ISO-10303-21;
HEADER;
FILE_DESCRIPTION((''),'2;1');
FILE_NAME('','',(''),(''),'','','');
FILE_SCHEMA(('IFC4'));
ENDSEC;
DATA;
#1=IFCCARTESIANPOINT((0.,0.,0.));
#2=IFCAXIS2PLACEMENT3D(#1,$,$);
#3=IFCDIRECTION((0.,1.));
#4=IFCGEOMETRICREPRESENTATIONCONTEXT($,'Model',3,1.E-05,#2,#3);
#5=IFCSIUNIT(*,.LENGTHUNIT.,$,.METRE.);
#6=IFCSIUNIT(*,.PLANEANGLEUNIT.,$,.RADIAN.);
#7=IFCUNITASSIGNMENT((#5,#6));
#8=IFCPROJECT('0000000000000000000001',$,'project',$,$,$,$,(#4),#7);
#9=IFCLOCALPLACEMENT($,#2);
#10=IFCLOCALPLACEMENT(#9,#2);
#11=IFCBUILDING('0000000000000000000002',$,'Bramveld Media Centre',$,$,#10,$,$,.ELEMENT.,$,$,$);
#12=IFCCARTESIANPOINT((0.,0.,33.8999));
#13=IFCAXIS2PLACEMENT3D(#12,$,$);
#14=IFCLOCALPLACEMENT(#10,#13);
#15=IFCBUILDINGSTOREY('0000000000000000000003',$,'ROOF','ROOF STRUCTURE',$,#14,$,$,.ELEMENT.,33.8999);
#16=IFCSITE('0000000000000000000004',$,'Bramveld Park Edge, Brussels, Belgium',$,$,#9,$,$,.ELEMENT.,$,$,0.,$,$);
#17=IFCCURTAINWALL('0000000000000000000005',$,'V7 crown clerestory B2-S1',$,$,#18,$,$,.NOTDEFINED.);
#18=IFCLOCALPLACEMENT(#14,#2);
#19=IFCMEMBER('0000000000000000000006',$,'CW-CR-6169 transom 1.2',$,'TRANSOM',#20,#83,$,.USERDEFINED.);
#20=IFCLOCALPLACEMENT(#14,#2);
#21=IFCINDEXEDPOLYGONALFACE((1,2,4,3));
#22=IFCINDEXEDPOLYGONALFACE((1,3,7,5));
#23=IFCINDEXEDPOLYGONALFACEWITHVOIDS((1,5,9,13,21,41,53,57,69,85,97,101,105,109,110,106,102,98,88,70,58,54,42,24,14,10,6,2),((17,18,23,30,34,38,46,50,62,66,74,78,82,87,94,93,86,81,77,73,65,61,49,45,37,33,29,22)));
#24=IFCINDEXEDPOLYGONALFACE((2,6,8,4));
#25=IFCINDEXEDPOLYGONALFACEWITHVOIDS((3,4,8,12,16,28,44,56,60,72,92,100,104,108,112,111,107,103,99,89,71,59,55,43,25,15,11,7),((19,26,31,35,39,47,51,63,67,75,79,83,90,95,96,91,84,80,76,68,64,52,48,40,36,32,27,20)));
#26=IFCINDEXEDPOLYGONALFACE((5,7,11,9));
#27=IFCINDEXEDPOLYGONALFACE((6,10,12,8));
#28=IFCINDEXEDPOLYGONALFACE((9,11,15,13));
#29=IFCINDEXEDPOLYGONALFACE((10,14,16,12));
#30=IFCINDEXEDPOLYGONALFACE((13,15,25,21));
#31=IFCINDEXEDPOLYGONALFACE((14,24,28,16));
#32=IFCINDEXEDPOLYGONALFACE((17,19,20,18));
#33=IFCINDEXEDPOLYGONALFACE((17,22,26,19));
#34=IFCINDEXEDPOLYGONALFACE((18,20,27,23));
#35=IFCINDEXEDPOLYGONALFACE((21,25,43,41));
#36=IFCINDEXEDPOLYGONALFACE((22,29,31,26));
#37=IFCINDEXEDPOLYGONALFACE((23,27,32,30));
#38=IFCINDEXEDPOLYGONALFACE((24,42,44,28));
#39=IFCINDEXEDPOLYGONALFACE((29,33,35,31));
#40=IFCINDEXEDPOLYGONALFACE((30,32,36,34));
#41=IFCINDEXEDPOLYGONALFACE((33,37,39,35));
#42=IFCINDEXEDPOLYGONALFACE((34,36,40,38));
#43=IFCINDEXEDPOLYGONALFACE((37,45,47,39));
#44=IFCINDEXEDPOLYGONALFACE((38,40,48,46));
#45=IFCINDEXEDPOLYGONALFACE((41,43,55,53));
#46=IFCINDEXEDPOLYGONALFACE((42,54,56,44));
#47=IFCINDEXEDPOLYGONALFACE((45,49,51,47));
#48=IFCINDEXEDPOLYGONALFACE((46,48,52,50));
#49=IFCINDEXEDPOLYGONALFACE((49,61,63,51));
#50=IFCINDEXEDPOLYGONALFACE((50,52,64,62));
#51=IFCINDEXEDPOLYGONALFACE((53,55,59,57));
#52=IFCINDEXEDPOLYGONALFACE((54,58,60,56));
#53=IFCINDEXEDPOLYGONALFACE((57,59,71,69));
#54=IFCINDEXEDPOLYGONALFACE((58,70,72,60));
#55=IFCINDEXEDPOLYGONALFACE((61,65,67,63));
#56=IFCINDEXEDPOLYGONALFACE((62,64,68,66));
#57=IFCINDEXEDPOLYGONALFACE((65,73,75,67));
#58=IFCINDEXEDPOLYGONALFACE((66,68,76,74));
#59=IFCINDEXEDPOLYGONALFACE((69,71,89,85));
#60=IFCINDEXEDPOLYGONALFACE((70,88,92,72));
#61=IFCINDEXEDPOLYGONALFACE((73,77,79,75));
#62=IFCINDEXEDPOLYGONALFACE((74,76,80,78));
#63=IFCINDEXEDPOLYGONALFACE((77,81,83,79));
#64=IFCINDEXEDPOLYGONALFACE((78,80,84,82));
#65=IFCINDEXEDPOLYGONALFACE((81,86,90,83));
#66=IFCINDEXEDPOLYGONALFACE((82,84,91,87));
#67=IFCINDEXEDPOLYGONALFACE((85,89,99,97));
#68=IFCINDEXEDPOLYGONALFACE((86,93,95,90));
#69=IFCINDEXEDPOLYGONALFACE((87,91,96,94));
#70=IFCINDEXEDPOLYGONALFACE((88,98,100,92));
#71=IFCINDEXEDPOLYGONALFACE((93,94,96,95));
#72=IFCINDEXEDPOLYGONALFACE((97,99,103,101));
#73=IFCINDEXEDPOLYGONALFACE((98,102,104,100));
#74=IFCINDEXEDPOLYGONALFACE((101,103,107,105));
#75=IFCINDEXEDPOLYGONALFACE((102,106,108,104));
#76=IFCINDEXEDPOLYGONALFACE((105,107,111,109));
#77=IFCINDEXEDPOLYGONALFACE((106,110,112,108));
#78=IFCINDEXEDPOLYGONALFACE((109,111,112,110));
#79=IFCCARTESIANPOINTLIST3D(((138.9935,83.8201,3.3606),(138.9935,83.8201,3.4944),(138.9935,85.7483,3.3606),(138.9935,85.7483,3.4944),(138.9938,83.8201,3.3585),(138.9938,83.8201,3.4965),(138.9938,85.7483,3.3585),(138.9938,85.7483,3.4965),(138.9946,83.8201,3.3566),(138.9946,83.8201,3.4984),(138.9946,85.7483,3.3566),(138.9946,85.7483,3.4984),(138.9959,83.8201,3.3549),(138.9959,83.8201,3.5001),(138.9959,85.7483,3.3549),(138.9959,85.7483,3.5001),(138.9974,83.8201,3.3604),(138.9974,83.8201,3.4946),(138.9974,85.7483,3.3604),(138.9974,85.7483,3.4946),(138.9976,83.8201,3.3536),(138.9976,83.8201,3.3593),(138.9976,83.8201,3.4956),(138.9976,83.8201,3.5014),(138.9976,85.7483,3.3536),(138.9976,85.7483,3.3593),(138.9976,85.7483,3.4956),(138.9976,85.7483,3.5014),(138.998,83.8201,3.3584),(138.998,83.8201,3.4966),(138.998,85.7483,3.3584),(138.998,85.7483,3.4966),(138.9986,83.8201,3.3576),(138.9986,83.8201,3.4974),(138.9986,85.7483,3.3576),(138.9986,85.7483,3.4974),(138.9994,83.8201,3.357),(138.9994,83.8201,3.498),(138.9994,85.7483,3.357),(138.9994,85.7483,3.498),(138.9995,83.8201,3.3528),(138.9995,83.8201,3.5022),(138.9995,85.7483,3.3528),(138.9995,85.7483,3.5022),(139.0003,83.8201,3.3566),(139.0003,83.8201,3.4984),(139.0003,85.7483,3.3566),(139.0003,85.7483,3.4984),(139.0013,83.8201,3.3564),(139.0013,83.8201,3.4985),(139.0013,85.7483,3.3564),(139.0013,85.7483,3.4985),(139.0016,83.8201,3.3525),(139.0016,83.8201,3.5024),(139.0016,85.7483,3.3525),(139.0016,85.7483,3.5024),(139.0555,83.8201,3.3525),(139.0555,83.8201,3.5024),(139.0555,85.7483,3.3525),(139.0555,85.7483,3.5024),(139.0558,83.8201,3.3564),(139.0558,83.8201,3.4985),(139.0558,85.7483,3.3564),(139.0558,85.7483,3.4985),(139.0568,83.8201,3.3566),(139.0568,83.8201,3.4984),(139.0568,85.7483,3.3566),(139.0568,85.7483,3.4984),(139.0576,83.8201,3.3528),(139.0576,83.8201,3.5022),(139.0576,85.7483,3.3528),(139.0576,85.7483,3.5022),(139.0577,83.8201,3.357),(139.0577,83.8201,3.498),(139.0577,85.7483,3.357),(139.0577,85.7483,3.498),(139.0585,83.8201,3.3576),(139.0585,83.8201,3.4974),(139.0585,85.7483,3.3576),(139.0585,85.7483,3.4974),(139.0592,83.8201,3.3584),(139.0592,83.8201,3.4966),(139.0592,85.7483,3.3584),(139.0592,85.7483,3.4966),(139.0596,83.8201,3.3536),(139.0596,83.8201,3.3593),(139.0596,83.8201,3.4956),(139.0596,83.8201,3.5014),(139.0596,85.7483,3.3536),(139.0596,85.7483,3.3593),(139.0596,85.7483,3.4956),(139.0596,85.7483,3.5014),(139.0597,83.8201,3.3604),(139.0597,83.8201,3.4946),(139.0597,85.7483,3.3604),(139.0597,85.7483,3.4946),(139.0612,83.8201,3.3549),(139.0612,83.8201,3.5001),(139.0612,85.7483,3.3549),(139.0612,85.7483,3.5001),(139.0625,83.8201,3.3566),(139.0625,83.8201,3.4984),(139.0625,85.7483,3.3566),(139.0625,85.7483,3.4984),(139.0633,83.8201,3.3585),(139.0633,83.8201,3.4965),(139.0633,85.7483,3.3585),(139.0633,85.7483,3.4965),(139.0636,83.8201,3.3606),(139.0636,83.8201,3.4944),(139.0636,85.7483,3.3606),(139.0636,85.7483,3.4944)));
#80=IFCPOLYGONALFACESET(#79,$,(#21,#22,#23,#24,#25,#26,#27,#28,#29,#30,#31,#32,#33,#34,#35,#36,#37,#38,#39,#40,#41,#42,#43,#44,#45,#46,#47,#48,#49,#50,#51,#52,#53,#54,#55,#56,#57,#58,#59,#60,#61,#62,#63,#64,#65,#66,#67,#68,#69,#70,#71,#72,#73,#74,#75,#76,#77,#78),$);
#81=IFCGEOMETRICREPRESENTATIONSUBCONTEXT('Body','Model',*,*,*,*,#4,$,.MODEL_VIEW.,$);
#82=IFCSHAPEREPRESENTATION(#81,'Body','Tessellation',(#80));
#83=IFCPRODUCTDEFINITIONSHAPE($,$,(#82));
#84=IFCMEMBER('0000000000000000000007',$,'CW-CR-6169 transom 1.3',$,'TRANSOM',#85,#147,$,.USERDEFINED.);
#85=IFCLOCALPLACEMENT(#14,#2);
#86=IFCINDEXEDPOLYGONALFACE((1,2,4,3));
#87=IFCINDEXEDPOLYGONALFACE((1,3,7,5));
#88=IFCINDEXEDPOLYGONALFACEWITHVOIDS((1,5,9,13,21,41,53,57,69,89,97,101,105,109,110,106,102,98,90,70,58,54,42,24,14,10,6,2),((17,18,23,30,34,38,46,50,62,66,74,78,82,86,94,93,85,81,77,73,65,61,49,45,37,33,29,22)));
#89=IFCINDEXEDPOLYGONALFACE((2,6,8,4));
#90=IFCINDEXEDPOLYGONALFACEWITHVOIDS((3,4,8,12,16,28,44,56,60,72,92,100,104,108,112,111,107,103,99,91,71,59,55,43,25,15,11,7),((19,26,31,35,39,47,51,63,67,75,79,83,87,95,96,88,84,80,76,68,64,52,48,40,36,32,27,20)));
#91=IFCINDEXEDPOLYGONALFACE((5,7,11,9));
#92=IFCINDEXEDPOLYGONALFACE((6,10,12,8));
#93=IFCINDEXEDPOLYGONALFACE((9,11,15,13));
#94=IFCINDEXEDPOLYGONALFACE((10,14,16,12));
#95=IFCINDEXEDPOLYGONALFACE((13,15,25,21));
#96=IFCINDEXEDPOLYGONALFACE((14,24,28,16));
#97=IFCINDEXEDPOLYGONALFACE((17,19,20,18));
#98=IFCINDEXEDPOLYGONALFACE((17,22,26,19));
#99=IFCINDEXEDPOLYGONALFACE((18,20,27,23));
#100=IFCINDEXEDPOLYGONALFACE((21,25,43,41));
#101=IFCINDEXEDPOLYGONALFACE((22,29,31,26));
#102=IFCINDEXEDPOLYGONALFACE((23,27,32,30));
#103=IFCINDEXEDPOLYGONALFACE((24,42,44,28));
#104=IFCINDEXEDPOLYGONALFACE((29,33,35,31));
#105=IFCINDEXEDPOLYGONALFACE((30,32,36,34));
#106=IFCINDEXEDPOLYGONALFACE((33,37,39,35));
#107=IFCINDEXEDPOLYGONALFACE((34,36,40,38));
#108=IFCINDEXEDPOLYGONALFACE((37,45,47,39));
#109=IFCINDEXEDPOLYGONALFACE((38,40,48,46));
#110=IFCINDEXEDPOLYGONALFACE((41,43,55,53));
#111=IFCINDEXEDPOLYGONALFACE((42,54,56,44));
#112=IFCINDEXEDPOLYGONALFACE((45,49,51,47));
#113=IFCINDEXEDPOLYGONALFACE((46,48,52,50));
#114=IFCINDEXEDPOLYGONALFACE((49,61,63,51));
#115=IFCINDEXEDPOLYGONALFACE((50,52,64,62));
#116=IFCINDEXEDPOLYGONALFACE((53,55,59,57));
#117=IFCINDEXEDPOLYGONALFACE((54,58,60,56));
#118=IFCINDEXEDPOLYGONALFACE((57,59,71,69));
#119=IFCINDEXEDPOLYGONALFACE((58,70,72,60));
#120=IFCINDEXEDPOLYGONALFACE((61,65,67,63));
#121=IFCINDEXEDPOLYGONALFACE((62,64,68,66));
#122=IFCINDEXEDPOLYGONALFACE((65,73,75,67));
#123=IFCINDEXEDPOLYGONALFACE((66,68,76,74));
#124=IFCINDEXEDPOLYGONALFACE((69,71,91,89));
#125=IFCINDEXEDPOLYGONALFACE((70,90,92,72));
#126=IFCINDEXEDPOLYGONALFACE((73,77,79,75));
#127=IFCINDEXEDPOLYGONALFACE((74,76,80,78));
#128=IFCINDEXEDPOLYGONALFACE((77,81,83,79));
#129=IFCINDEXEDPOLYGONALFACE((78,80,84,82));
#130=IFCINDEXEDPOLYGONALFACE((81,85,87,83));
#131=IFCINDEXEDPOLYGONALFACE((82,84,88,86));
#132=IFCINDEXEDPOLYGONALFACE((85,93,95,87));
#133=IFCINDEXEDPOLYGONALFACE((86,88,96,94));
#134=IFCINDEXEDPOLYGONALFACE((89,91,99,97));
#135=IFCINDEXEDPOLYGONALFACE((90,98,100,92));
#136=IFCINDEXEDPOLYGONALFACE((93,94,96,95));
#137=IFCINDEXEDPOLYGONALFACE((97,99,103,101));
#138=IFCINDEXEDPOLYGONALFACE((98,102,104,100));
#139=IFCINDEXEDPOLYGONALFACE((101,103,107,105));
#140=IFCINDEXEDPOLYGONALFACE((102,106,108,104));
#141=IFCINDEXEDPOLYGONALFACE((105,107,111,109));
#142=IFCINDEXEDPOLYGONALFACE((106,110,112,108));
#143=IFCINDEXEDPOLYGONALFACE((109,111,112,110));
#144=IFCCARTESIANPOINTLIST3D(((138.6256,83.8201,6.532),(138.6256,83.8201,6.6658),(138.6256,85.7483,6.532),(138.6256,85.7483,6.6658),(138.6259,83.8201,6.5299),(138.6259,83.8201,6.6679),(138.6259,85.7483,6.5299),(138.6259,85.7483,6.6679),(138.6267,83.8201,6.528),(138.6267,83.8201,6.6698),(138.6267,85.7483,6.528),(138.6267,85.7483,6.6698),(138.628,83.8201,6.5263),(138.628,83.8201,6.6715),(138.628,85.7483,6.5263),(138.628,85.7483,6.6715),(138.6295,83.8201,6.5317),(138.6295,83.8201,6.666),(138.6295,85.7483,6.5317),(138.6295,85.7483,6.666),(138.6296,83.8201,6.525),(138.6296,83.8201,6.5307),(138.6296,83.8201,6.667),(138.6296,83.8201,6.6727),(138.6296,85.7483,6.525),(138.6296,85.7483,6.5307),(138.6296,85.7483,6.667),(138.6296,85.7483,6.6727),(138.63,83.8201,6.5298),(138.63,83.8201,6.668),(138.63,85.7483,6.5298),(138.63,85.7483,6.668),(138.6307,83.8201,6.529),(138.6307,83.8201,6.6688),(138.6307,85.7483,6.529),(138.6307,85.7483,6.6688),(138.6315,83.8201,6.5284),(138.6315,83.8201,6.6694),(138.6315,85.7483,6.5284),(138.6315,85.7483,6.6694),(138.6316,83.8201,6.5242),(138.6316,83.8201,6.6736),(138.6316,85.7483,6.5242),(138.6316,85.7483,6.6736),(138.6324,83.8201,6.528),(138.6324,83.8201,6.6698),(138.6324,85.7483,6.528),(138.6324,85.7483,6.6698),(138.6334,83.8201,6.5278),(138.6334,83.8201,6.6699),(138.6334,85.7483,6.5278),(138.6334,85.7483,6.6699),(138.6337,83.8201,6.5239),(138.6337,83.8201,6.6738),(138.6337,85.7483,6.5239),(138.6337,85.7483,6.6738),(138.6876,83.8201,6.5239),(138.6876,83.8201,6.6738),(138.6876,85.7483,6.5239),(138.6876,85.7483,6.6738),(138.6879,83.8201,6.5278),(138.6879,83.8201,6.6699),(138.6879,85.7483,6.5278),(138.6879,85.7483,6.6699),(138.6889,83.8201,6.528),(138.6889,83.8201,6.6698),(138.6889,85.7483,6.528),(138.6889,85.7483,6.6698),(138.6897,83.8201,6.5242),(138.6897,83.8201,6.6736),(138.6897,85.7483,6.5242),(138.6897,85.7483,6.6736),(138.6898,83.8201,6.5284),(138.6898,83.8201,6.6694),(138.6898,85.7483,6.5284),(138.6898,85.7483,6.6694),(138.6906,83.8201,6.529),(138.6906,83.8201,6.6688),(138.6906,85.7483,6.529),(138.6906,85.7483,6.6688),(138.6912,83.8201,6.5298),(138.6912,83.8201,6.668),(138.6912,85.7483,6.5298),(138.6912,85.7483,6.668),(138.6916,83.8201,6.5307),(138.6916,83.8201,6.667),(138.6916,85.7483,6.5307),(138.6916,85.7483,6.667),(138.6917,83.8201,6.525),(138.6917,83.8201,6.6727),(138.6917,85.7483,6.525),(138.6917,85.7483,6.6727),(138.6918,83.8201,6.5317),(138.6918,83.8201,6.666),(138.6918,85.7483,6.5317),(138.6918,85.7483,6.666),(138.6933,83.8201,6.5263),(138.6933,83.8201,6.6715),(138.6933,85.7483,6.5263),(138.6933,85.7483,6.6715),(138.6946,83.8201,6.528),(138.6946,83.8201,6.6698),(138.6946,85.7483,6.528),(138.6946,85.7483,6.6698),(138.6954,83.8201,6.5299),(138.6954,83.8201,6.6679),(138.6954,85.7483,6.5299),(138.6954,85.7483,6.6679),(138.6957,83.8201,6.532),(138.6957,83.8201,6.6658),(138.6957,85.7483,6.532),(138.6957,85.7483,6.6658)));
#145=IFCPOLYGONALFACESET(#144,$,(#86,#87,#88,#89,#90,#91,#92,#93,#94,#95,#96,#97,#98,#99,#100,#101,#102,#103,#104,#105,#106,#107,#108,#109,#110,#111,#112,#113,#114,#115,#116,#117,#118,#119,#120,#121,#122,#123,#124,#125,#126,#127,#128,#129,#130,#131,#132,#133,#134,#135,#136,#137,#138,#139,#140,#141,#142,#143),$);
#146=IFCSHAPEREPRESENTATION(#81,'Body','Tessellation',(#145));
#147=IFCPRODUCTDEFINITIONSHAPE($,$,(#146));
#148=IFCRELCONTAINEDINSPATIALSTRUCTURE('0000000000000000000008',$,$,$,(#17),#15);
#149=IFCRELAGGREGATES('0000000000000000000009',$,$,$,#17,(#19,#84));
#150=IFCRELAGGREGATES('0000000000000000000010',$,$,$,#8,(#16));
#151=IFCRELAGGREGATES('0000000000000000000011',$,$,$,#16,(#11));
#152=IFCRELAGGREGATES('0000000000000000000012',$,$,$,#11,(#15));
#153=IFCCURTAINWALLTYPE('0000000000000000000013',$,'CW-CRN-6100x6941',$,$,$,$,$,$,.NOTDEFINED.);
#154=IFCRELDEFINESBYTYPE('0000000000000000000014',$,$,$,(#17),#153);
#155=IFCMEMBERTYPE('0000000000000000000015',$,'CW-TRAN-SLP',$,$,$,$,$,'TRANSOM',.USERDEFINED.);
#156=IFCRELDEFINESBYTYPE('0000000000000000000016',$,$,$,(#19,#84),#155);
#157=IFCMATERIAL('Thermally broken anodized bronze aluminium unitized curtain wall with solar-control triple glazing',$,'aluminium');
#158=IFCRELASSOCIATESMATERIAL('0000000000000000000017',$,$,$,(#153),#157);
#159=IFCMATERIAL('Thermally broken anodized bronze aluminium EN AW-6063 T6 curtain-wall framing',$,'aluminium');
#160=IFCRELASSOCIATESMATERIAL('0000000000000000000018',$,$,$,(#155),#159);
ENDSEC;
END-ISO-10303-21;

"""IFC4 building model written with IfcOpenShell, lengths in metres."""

from ifc_helpers import new_model, si_unit, direction, frame, origin, origin_2d, place, context, subcontext, project, spatial, hollow_rectangle, extrude, material, material_profile, profile_set, type_object, element, aggregate, save


model = new_model("IFC4")

# Units and contexts
model_context = context("Model", 3, precision=1e-05, world=origin(), true_north=direction((0.0, 1.0)))
body_context = subcontext(model_context, "Body", "Model", "MODEL_VIEW")
ifc_project = project(units=[si_unit("LENGTHUNIT", "METRE"), si_unit("PLANEANGLEUNIT", "RADIAN")], contexts=[model_context])

# Site, building, storey
site_placement = place(None, origin())
site = spatial("IfcSite", under=ifc_project, at=site_placement, Name="Bramveld Park Edge, Brussels, Belgium", CompositionType="ELEMENT", RefElevation=0.0)
building_placement = place(site_placement, origin())
building = spatial("IfcBuilding", under=site, at=building_placement, Name="Bramveld Media Centre", CompositionType="ELEMENT")
storey_placement = place(building_placement, frame((0.0, 0.0, 33.8999)))
storey = spatial("IfcBuildingStorey", under=building, at=storey_placement, Name="ROOF", Description="ROOF STRUCTURE", CompositionType="ELEMENT", Elevation=33.8999)

# Curtain wall, members
ifc_material_1 = material(Name="Thermally broken anodized bronze aluminium unitized curtain wall with solar-control triple glazing", Category="aluminium")
curtain_wall_type = type_object("IfcCurtainWallType", Name="CW-CRN-6100x6941", PredefinedType="NOTDEFINED", material=ifc_material_1)
ifc_material_2 = material(Name="Thermally broken anodized bronze aluminium EN AW-6063 T6 curtain-wall framing", Category="aluminium")
ifc_material_profile_1 = material_profile(ifc_material_2, hollow_rectangle(XDim=0.0701, YDim=0.1499, WallThickness=0.0039, InnerFilletRadius=0.0039, OuterFilletRadius=0.0081, at=origin_2d()), Name="AL-TRAN 70x150")
ifc_profile_set_1 = profile_set([ifc_material_profile_1], Name="Thermally broken anodized bronze aluminium EN AW-6063 T6 curtain-wall framing")
member_type_1 = type_object("IfcMemberType", Name="CW-TRAN-SLP", ElementType="TRANSOM", PredefinedType="USERDEFINED", material=ifc_profile_set_1)
curtain_wall_1_placement = place(storey_placement, origin())
curtain_wall_1 = element("IfcCurtainWall", 1, at=curtain_wall_1_placement, inside=storey, type_object=curtain_wall_type, Name="V7 crown clerestory B2-S1", PredefinedType="NOTDEFINED")
member_1_placement = place(storey_placement, frame((139.0286, 83.8201, 3.4275), z_axis=(0.0, 1.0, 0.0), x_axis=(-1.0, 0.0, 0.0)))
member_1 = element("IfcMember", 2, at=member_1_placement, type_object=member_type_1, Name="CW-CR-6169 transom 1.2", ObjectType="TRANSOM", PredefinedType="USERDEFINED", context=body_context, shape_type="SweptSolid", body=[
    extrude(hollow_rectangle(XDim=0.0701, YDim=0.1499, WallThickness=0.0039, InnerFilletRadius=0.0039, OuterFilletRadius=0.0081, at=origin_2d()), origin(), (0.0, 0.0, 1.0), 1.9282),
])
member_2_placement = place(storey_placement, frame((138.6606, 83.8201, 6.5989), z_axis=(0.0, 1.0, 0.0), x_axis=(-1.0, 0.0, 0.0)))
member_2 = element("IfcMember", 3, at=member_2_placement, type_object=member_type_1, Name="CW-CR-6169 transom 1.3", ObjectType="TRANSOM", PredefinedType="USERDEFINED", context=body_context, shape_type="SweptSolid", body=[
    extrude(hollow_rectangle(XDim=0.0701, YDim=0.1499, WallThickness=0.0039, InnerFilletRadius=0.0039, OuterFilletRadius=0.0081, at=origin_2d()), origin(), (0.0, 0.0, 1.0), 1.9282),
])

aggregate(curtain_wall_1, [member_1, member_2])

save(model, "model.ifc")
